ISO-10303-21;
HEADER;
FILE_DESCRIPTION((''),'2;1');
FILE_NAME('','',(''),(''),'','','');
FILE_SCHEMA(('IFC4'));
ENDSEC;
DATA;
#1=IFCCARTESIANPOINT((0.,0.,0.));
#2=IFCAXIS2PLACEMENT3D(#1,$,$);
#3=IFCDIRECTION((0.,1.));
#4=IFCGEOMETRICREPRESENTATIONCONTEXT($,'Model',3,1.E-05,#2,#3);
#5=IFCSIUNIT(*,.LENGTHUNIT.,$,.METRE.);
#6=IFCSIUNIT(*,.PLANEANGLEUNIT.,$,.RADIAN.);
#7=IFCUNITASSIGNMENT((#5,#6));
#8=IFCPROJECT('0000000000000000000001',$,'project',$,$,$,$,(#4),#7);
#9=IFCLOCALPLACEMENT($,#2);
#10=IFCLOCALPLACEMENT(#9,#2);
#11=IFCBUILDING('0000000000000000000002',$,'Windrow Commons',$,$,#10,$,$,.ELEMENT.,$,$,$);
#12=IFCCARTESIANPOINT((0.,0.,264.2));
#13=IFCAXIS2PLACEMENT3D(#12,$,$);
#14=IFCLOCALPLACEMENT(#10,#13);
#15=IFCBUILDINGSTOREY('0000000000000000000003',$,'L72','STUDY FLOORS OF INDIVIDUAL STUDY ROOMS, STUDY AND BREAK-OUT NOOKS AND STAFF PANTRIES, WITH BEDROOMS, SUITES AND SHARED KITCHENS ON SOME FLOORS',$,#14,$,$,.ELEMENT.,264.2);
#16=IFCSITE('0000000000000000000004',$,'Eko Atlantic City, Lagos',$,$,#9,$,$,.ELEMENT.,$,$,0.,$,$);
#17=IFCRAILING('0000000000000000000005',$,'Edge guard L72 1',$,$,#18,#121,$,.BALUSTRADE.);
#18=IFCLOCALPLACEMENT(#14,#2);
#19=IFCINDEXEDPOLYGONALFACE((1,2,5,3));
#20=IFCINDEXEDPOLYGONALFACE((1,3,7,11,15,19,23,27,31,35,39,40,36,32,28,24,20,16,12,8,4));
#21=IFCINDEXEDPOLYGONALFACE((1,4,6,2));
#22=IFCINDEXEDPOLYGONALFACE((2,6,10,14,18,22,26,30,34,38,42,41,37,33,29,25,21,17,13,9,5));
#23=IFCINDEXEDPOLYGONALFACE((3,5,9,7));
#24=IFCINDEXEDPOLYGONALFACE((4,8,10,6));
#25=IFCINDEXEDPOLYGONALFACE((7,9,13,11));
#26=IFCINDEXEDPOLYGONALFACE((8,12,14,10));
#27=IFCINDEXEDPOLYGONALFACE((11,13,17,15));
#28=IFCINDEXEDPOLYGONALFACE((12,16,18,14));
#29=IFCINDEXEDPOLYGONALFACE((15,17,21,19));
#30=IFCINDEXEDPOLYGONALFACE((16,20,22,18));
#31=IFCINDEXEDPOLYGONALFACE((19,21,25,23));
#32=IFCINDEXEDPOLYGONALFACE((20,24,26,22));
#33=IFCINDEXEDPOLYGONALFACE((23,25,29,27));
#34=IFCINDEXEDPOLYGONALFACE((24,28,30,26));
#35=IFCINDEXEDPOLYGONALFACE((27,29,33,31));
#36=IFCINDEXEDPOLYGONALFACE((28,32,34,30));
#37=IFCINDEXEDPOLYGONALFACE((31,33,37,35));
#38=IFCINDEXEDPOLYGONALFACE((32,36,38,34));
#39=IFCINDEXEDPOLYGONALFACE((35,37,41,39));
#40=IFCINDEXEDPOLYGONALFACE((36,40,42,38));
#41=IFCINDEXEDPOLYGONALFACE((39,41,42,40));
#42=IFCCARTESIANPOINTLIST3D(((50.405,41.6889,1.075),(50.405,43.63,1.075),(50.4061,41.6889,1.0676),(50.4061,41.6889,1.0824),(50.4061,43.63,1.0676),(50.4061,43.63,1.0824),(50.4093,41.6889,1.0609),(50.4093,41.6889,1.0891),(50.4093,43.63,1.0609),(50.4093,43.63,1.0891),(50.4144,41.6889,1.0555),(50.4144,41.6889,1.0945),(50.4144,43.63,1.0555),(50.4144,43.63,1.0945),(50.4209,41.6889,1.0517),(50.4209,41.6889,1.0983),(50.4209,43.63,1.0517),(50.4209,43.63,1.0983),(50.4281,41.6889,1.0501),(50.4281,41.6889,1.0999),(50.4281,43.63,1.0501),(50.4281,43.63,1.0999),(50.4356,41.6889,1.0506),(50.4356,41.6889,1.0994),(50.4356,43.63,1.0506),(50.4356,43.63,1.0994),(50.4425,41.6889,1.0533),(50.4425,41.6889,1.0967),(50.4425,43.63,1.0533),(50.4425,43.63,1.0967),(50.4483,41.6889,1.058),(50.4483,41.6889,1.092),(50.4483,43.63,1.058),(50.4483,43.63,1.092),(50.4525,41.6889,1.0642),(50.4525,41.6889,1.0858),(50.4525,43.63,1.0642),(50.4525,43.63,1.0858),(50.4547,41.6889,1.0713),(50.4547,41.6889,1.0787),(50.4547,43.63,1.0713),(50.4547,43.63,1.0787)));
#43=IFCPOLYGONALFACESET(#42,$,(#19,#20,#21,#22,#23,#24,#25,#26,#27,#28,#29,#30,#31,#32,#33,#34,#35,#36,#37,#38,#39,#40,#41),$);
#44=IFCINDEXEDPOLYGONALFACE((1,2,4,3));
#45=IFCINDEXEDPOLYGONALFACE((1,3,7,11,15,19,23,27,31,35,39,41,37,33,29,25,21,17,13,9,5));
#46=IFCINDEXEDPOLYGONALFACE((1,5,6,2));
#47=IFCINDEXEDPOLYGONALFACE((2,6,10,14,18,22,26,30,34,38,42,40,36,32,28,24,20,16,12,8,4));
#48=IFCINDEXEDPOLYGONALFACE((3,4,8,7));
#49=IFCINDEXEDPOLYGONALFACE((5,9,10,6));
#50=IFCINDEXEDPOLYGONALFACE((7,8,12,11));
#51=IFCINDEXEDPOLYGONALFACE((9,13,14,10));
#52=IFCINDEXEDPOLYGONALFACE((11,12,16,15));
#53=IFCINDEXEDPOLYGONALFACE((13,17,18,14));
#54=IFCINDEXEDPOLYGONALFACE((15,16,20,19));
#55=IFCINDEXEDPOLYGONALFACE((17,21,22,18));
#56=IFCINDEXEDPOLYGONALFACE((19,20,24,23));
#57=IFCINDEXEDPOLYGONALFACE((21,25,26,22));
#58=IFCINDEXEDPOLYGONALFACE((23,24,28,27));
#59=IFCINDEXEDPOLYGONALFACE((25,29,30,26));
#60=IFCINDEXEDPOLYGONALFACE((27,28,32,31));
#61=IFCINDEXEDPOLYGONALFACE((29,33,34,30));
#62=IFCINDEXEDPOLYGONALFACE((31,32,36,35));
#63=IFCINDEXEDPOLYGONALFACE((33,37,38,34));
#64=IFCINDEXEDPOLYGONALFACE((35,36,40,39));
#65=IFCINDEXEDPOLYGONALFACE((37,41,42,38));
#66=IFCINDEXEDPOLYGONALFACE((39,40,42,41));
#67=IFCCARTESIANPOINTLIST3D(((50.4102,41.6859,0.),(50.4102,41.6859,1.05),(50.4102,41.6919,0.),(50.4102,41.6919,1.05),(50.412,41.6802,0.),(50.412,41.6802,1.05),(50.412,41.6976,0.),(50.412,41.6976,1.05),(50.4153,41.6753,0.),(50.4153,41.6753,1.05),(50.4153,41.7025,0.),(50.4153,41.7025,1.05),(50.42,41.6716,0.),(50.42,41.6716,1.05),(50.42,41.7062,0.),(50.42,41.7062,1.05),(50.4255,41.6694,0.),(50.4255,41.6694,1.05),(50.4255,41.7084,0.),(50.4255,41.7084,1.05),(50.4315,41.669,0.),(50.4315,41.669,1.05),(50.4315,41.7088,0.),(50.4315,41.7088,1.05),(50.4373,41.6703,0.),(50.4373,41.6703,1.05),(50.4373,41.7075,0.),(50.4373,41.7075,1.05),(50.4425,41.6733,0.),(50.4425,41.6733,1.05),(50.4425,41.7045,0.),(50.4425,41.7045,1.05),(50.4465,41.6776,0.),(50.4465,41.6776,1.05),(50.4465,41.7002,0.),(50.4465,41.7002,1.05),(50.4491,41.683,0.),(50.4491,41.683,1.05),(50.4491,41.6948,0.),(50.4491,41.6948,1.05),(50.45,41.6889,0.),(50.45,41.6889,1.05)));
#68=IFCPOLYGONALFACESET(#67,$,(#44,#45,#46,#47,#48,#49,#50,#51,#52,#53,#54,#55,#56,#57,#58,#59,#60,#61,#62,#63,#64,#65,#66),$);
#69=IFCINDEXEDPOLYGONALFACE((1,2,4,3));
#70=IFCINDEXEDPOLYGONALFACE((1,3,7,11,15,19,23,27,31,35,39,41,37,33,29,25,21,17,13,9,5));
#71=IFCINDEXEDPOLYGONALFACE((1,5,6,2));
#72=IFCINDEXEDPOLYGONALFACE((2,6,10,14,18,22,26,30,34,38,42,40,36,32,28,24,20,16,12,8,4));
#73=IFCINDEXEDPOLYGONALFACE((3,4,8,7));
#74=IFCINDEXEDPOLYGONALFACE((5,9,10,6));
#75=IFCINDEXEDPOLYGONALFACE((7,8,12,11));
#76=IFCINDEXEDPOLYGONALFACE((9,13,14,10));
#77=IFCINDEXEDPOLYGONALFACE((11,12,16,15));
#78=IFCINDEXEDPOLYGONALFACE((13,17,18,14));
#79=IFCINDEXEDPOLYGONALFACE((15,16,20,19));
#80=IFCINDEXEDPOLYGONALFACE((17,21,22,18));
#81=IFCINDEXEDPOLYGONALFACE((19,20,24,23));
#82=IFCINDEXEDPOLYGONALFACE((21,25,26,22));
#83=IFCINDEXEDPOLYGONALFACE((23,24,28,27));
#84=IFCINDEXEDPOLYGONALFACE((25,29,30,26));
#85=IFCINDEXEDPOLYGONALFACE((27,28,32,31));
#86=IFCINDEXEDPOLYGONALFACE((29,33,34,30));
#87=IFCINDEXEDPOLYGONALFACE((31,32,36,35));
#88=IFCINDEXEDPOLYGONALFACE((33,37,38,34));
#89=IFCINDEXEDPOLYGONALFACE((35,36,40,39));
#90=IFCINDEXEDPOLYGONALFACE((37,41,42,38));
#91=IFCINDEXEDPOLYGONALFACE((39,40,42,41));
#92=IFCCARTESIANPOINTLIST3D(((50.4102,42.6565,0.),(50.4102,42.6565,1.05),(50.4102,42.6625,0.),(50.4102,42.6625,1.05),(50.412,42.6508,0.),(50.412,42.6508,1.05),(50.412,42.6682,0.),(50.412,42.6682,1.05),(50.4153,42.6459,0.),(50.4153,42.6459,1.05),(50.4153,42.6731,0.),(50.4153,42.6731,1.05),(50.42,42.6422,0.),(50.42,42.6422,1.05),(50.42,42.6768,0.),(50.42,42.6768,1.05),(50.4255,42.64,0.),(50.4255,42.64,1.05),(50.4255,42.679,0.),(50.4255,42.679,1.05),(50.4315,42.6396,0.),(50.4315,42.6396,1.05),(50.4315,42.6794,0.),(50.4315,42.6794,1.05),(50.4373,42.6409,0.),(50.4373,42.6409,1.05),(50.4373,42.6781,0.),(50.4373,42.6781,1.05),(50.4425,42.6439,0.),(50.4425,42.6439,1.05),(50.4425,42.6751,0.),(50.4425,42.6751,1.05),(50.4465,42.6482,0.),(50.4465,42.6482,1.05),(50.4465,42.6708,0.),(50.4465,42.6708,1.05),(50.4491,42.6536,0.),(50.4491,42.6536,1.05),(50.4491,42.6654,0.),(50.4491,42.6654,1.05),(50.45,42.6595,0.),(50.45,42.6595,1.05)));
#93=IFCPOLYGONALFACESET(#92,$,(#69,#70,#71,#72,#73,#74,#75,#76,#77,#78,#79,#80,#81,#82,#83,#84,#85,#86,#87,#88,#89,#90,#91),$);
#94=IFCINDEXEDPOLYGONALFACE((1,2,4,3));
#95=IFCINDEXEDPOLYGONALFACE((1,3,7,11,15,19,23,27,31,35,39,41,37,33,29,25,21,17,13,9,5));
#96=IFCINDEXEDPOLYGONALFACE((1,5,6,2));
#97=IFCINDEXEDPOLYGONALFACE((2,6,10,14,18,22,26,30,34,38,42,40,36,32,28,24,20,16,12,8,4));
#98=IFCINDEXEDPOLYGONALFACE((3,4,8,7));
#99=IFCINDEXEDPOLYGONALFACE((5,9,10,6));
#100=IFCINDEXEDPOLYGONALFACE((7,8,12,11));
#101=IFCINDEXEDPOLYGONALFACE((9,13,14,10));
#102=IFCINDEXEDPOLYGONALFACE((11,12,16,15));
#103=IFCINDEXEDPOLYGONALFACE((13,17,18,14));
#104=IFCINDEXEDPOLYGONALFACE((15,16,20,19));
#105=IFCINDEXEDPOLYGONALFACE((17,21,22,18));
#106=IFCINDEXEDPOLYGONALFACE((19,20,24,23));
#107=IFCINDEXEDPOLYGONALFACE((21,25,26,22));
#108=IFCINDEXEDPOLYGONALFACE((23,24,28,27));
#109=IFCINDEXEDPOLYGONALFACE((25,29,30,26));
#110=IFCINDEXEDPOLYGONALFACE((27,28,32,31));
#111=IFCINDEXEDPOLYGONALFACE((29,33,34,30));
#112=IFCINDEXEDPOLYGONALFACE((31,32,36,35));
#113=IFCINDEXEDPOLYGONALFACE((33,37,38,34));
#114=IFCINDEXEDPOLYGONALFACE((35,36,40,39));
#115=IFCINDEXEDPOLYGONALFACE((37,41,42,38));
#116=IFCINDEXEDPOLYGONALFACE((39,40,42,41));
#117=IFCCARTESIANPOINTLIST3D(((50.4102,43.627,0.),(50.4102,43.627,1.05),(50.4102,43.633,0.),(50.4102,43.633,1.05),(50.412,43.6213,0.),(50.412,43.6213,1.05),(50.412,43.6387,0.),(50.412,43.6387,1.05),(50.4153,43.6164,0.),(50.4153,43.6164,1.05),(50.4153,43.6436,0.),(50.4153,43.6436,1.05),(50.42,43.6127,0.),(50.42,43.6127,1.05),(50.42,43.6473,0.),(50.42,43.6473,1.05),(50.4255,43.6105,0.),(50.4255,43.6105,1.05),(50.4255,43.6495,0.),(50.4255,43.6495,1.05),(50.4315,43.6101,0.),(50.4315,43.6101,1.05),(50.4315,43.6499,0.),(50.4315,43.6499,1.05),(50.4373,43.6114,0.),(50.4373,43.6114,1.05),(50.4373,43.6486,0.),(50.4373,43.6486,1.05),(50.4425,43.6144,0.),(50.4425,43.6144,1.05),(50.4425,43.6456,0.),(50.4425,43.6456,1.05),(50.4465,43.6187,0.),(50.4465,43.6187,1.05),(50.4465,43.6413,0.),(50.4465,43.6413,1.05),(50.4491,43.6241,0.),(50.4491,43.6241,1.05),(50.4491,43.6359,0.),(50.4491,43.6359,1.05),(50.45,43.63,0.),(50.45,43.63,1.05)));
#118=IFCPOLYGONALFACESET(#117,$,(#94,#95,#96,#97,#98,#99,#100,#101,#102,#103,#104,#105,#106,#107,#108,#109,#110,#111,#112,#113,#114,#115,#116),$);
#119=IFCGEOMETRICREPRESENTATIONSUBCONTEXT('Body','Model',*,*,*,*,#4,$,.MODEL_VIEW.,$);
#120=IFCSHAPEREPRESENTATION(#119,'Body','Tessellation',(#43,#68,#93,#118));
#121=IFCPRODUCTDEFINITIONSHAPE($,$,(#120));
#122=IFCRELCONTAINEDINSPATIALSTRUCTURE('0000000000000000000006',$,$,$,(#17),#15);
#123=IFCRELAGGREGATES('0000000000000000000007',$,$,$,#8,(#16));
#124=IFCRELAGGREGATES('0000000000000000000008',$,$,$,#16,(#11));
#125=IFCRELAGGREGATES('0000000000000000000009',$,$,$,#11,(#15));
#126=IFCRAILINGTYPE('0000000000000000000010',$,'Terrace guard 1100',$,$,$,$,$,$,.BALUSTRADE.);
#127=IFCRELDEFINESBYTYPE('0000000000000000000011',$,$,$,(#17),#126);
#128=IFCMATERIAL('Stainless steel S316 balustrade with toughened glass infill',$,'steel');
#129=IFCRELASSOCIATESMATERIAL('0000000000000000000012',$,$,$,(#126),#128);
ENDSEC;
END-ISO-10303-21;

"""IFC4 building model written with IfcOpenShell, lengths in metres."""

from ifc_helpers import new_model, si_unit, direction, frame, origin, origin_2d, place, context, subcontext, project, spatial, circle, extrude, material, type_object, element, save


model = new_model("IFC4")

# Units and contexts
model_context = context("Model", 3, precision=1e-05, world=origin(), true_north=direction((0.0, 1.0)))
body_context = subcontext(model_context, "Body", "Model", "MODEL_VIEW")
ifc_project = project(units=[si_unit("LENGTHUNIT", "METRE"), si_unit("PLANEANGLEUNIT", "RADIAN")], contexts=[model_context])

# Site, building, storey
site_placement = place(None, origin())
site = spatial("IfcSite", under=ifc_project, at=site_placement, Name="Eko Atlantic City, Lagos", CompositionType="ELEMENT", RefElevation=0.0)
building_placement = place(site_placement, origin())
building = spatial("IfcBuilding", under=site, at=building_placement, Name="Windrow Commons", CompositionType="ELEMENT")
storey_placement = place(building_placement, frame((0.0, 0.0, 264.2)))
storey = spatial("IfcBuildingStorey", under=building, at=storey_placement, Name="L72", Description="STUDY FLOORS OF INDIVIDUAL STUDY ROOMS, STUDY AND BREAK-OUT NOOKS AND STAFF PANTRIES, WITH BEDROOMS, SUITES AND SHARED KITCHENS ON SOME FLOORS", CompositionType="ELEMENT", Elevation=264.2)

# Railing
ifc_material_1 = material(Name="Stainless steel S316 balustrade with toughened glass infill", Category="steel")
railing_type = type_object("IfcRailingType", Name="Terrace guard 1100", PredefinedType="BALUSTRADE", material=ifc_material_1)
railing_placement = place(storey_placement, frame((50.43, 41.6889, 0.0)))
element("IfcRailing", 1, at=railing_placement, inside=storey, type_object=railing_type, Name="Edge guard L72 1", PredefinedType="BALUSTRADE", context=body_context, shape_type="SweptSolid", body=[
    extrude(circle(Radius=0.025, at=origin_2d()), frame((0.0, 0.0, 1.075), z_axis=(0.0, 1.0, 0.0), x_axis=(-1.0, 0.0, 0.0)), (0.0, 0.0, 1.0), 1.9411),
    extrude(circle(Radius=0.02, at=origin_2d()), origin(), (0.0, 0.0, 1.0), 1.05),
    extrude(circle(Radius=0.02, at=origin_2d()), frame((0.0, 0.9706, 0.0)), (0.0, 0.0, 1.0), 1.05),
    extrude(circle(Radius=0.02, at=origin_2d()), frame((0.0, 1.9411, 0.0)), (0.0, 0.0, 1.0), 1.05),
])

save(model, "model.ifc")
